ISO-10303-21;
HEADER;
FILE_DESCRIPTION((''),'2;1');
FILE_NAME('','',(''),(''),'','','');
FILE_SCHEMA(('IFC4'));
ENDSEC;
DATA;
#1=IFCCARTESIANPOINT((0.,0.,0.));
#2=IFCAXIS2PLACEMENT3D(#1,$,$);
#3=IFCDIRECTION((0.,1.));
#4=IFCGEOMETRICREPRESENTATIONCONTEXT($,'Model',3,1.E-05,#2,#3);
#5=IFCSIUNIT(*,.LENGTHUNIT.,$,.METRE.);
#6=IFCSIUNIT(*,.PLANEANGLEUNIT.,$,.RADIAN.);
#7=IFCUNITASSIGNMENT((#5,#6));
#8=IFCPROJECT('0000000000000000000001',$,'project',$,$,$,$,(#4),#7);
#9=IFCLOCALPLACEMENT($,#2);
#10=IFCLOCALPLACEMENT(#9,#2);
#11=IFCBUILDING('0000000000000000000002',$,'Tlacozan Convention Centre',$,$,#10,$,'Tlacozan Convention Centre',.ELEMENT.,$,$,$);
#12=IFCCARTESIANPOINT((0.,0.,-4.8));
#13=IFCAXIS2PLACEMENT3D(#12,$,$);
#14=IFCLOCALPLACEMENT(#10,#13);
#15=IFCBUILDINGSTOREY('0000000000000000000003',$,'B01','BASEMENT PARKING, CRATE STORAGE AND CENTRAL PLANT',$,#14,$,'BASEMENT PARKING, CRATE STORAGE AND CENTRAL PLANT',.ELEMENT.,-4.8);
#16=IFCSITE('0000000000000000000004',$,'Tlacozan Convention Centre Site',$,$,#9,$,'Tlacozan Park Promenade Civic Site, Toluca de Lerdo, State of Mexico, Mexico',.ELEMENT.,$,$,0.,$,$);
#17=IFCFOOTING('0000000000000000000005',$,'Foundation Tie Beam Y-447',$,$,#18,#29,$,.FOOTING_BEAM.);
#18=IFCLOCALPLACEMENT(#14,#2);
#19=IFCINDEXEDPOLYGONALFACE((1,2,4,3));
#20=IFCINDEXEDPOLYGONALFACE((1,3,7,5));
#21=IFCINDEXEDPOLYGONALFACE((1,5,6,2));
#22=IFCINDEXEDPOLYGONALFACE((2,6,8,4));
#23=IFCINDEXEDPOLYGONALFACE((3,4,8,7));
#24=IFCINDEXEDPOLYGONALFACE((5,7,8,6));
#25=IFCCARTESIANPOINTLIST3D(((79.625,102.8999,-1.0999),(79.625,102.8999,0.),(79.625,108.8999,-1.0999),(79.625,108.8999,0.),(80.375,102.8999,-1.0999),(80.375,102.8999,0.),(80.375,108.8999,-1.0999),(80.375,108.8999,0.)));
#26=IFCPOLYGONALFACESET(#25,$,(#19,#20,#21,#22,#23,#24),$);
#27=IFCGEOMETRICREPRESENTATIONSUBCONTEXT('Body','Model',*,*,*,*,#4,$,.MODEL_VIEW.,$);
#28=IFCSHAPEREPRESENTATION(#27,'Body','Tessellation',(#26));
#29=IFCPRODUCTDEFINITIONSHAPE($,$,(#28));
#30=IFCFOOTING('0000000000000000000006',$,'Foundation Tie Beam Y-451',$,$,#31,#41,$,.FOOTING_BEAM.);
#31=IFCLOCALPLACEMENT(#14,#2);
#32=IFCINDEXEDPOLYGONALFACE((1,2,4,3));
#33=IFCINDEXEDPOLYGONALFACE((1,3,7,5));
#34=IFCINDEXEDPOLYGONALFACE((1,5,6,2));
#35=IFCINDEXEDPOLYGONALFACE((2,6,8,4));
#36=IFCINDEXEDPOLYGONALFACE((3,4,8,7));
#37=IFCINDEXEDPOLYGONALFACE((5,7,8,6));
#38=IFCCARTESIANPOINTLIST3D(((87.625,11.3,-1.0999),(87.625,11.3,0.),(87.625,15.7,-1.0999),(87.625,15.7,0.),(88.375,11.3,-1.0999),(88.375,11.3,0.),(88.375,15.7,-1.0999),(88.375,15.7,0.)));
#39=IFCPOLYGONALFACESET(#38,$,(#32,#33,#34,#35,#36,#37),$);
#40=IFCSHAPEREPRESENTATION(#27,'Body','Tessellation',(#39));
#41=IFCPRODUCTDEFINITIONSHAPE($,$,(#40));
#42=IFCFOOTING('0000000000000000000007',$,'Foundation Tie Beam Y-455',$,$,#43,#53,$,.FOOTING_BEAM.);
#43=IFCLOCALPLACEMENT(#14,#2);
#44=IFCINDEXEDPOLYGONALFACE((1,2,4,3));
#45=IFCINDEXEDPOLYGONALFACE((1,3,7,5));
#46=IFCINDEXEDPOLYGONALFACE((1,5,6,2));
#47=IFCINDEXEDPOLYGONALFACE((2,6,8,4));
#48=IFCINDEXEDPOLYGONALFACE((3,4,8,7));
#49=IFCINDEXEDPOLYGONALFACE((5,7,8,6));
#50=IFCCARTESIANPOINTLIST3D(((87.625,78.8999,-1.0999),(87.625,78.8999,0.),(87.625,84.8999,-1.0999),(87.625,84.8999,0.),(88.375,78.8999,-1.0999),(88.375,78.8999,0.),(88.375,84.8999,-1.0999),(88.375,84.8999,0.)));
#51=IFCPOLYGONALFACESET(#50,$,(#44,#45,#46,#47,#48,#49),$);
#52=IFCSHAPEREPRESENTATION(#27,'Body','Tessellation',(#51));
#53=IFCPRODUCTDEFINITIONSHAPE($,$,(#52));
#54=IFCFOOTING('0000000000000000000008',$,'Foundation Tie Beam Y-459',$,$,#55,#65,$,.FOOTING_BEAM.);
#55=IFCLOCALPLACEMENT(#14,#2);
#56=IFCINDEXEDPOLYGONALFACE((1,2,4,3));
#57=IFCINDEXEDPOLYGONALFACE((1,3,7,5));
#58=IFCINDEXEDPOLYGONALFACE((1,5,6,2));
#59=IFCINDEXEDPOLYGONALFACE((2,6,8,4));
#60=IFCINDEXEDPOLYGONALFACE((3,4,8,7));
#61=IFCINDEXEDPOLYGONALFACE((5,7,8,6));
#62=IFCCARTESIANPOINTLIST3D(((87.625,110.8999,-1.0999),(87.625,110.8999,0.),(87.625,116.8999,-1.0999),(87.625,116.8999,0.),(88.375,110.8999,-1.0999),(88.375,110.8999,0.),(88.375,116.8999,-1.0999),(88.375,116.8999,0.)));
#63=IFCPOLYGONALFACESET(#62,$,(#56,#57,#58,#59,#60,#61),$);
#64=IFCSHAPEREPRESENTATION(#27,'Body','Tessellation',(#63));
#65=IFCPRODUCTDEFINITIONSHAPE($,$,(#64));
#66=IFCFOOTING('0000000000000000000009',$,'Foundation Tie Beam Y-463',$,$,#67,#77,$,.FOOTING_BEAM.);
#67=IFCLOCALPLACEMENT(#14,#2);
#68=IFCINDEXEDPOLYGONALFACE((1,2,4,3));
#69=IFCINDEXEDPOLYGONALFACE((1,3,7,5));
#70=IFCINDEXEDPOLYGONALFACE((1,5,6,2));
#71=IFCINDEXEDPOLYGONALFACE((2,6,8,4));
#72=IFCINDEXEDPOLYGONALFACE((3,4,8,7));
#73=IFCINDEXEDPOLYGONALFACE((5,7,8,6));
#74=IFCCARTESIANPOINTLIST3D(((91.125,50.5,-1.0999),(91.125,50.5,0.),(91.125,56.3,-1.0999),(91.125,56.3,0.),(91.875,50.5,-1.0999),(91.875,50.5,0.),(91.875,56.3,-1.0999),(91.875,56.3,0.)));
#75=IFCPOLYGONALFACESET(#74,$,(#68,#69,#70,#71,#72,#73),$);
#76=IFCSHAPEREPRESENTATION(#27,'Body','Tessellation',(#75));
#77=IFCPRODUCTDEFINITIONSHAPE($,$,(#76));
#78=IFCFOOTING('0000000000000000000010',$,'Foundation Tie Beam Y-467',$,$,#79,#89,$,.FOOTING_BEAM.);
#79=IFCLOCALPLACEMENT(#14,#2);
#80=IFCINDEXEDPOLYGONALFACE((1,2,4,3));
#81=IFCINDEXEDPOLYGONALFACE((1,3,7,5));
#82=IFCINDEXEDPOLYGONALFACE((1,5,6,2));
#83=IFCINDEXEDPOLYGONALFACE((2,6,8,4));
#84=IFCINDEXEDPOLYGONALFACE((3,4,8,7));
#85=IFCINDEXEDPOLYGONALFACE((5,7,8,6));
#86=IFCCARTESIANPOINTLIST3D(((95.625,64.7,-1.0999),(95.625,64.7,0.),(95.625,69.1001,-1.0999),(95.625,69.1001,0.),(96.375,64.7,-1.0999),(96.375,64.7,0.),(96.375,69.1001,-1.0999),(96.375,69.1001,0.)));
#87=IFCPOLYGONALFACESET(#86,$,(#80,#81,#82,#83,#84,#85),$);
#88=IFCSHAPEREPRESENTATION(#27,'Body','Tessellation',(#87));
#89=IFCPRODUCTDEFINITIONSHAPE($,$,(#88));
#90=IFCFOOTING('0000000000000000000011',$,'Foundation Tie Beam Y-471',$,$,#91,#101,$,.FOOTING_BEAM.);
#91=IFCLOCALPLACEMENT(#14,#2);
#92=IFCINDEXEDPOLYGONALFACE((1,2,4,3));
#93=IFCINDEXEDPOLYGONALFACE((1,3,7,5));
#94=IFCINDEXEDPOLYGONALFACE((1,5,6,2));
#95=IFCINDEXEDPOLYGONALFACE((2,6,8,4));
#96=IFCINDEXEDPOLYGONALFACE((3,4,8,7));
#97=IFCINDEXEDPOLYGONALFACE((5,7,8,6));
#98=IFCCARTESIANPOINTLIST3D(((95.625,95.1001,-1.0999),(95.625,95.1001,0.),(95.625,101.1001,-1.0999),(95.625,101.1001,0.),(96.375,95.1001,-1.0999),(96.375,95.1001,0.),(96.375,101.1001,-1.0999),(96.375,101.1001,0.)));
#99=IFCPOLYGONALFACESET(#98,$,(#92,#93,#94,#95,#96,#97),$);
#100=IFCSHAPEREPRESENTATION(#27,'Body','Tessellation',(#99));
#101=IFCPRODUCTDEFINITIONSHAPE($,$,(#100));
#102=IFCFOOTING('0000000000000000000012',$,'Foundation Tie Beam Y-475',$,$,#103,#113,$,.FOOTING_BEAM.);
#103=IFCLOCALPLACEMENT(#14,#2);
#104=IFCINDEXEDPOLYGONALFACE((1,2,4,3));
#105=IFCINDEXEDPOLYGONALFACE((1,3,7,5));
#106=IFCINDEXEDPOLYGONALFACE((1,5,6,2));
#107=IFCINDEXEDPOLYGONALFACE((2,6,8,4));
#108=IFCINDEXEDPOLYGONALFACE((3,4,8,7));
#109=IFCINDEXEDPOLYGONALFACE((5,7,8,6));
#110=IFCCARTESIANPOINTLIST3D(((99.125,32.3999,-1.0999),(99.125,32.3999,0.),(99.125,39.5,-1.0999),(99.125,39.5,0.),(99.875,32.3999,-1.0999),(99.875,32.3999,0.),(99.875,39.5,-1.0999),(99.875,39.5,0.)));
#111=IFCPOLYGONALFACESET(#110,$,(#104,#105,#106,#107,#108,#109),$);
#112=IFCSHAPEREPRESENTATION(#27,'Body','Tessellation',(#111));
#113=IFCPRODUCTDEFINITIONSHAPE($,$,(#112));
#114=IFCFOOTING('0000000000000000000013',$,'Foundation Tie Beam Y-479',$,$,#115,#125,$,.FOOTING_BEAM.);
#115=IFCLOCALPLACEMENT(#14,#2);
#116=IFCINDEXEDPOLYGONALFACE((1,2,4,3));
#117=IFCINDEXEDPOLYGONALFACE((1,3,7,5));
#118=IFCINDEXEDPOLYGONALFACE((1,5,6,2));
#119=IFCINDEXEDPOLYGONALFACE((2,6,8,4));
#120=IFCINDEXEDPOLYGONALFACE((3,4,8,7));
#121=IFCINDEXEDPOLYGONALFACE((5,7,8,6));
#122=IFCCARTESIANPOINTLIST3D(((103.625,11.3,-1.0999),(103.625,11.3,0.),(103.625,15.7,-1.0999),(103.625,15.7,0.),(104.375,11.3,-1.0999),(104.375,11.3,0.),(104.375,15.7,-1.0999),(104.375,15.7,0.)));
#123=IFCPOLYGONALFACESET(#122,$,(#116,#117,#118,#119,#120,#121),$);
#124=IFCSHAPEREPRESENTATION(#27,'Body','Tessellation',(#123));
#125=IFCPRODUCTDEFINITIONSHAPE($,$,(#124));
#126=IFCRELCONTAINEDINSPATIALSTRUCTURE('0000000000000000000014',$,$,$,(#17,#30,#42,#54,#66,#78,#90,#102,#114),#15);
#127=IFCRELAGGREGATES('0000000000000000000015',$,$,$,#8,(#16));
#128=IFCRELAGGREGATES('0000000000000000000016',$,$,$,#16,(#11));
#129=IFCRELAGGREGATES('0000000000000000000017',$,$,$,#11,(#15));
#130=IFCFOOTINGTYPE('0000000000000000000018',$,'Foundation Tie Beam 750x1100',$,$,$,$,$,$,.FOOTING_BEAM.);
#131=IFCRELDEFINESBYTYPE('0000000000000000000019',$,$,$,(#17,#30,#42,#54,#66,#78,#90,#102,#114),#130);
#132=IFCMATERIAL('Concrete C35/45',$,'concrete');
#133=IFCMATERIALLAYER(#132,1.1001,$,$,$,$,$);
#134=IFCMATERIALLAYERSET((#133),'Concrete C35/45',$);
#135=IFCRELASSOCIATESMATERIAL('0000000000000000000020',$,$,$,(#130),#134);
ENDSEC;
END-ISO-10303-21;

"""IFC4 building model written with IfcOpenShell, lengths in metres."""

from ifc_helpers import new_model, si_unit, direction, frame, origin, place, context, subcontext, project, spatial, polyline, outline, extrude, material, layer, layer_set, type_object, element, save


model = new_model("IFC4")

# Units and contexts
model_context = context("Model", 3, precision=1e-05, world=origin(), true_north=direction((0.0, 1.0)))
body_context = subcontext(model_context, "Body", "Model", "MODEL_VIEW")
ifc_project = project(units=[si_unit("LENGTHUNIT", "METRE"), si_unit("PLANEANGLEUNIT", "RADIAN")], contexts=[model_context])

# Site, building, storey
site_placement = place(None, origin())
site = spatial("IfcSite", under=ifc_project, at=site_placement, Name="Tlacozan Convention Centre Site", LongName="Tlacozan Park Promenade Civic Site, Toluca de Lerdo, State of Mexico, Mexico", CompositionType="ELEMENT", RefElevation=0.0)
building_placement = place(site_placement, origin())
building = spatial("IfcBuilding", under=site, at=building_placement, Name="Tlacozan Convention Centre", LongName="Tlacozan Convention Centre", CompositionType="ELEMENT")
storey_placement = place(building_placement, frame((0.0, 0.0, -4.8)))
storey = spatial("IfcBuildingStorey", under=building, at=storey_placement, Name="B01", Description="BASEMENT PARKING, CRATE STORAGE AND CENTRAL PLANT", LongName="BASEMENT PARKING, CRATE STORAGE AND CENTRAL PLANT", CompositionType="ELEMENT", Elevation=-4.8)

# Footings
ifc_material = material(Name="Concrete C35/45", Category="concrete")
ifc_layer = layer(ifc_material, 1.1001)
ifc_layer_set = layer_set([ifc_layer], Name="Concrete C35/45")
footing_type = type_object("IfcFootingType", Name="Foundation Tie Beam 750x1100", PredefinedType="FOOTING_BEAM", material=ifc_layer_set)
footing_1_placement = place(storey_placement, frame((0.0, 0.0, -1.0999)))
element("IfcFooting", 1, at=footing_1_placement, inside=storey, type_object=footing_type, Name="Foundation Tie Beam Y-447", PredefinedType="FOOTING_BEAM", context=body_context, shape_type="SweptSolid", body=[
    extrude(outline(polyline([(79.625, 102.8999), (80.375, 102.8999), (80.375, 108.8999), (79.625, 108.8999), (79.625, 102.8999)])), origin(), (0.0, 0.0, 1.0), 1.0999),
])
footing_2_placement = place(storey_placement, frame((0.0, 0.0, -1.0999)))
element("IfcFooting", 2, at=footing_2_placement, inside=storey, type_object=footing_type, Name="Foundation Tie Beam Y-451", PredefinedType="FOOTING_BEAM", context=body_context, shape_type="SweptSolid", body=[
    extrude(outline(polyline([(87.625, 11.3), (88.375, 11.3), (88.375, 15.7), (87.625, 15.7), (87.625, 11.3)])), origin(), (0.0, 0.0, 1.0), 1.0999),
])
footing_3_placement = place(storey_placement, frame((0.0, 0.0, -1.0999)))
element("IfcFooting", 3, at=footing_3_placement, inside=storey, type_object=footing_type, Name="Foundation Tie Beam Y-455", PredefinedType="FOOTING_BEAM", context=body_context, shape_type="SweptSolid", body=[
    extrude(outline(polyline([(87.625, 78.8999), (88.375, 78.8999), (88.375, 84.8999), (87.625, 84.8999), (87.625, 78.8999)])), origin(), (0.0, 0.0, 1.0), 1.0999),
])
footing_4_placement = place(storey_placement, frame((0.0, 0.0, -1.0999)))
element("IfcFooting", 4, at=footing_4_placement, inside=storey, type_object=footing_type, Name="Foundation Tie Beam Y-459", PredefinedType="FOOTING_BEAM", context=body_context, shape_type="SweptSolid", body=[
    extrude(outline(polyline([(87.625, 110.8999), (88.375, 110.8999), (88.375, 116.8999), (87.625, 116.8999), (87.625, 110.8999)])), origin(), (0.0, 0.0, 1.0), 1.0999),
])
footing_5_placement = place(storey_placement, frame((0.0, 0.0, -1.0999)))
element("IfcFooting", 5, at=footing_5_placement, inside=storey, type_object=footing_type, Name="Foundation Tie Beam Y-463", PredefinedType="FOOTING_BEAM", context=body_context, shape_type="SweptSolid", body=[
    extrude(outline(polyline([(91.125, 50.5), (91.875, 50.5), (91.875, 56.3), (91.125, 56.3), (91.125, 50.5)])), origin(), (0.0, 0.0, 1.0), 1.0999),
])
footing_6_placement = place(storey_placement, frame((0.0, 0.0, -1.0999)))
element("IfcFooting", 6, at=footing_6_placement, inside=storey, type_object=footing_type, Name="Foundation Tie Beam Y-467", PredefinedType="FOOTING_BEAM", context=body_context, shape_type="SweptSolid", body=[
    extrude(outline(polyline([(95.625, 64.7), (96.375, 64.7), (96.375, 69.1001), (95.625, 69.1001), (95.625, 64.7)])), origin(), (0.0, 0.0, 1.0), 1.0999),
])
footing_7_placement = place(storey_placement, frame((0.0, 0.0, -1.0999)))
element("IfcFooting", 7, at=footing_7_placement, inside=storey, type_object=footing_type, Name="Foundation Tie Beam Y-471", PredefinedType="FOOTING_BEAM", context=body_context, shape_type="SweptSolid", body=[
    extrude(outline(polyline([(95.625, 95.1001), (96.375, 95.1001), (96.375, 101.1001), (95.625, 101.1001), (95.625, 95.1001)])), origin(), (0.0, 0.0, 1.0), 1.0999),
])
footing_8_placement = place(storey_placement, frame((0.0, 0.0, -1.0999)))
element("IfcFooting", 8, at=footing_8_placement, inside=storey, type_object=footing_type, Name="Foundation Tie Beam Y-475", PredefinedType="FOOTING_BEAM", context=body_context, shape_type="SweptSolid", body=[
    extrude(outline(polyline([(99.125, 32.3999), (99.875, 32.3999), (99.875, 39.5), (99.125, 39.5), (99.125, 32.3999)])), origin(), (0.0, 0.0, 1.0), 1.0999),
])
footing_9_placement = place(storey_placement, frame((0.0, 0.0, -1.0999)))
element("IfcFooting", 9, at=footing_9_placement, inside=storey, type_object=footing_type, Name="Foundation Tie Beam Y-479", PredefinedType="FOOTING_BEAM", context=body_context, shape_type="SweptSolid", body=[
    extrude(outline(polyline([(103.625, 11.3), (104.375, 11.3), (104.375, 15.7), (103.625, 15.7), (103.625, 11.3)])), origin(), (0.0, 0.0, 1.0), 1.0999),
])

save(model, "model.ifc")
